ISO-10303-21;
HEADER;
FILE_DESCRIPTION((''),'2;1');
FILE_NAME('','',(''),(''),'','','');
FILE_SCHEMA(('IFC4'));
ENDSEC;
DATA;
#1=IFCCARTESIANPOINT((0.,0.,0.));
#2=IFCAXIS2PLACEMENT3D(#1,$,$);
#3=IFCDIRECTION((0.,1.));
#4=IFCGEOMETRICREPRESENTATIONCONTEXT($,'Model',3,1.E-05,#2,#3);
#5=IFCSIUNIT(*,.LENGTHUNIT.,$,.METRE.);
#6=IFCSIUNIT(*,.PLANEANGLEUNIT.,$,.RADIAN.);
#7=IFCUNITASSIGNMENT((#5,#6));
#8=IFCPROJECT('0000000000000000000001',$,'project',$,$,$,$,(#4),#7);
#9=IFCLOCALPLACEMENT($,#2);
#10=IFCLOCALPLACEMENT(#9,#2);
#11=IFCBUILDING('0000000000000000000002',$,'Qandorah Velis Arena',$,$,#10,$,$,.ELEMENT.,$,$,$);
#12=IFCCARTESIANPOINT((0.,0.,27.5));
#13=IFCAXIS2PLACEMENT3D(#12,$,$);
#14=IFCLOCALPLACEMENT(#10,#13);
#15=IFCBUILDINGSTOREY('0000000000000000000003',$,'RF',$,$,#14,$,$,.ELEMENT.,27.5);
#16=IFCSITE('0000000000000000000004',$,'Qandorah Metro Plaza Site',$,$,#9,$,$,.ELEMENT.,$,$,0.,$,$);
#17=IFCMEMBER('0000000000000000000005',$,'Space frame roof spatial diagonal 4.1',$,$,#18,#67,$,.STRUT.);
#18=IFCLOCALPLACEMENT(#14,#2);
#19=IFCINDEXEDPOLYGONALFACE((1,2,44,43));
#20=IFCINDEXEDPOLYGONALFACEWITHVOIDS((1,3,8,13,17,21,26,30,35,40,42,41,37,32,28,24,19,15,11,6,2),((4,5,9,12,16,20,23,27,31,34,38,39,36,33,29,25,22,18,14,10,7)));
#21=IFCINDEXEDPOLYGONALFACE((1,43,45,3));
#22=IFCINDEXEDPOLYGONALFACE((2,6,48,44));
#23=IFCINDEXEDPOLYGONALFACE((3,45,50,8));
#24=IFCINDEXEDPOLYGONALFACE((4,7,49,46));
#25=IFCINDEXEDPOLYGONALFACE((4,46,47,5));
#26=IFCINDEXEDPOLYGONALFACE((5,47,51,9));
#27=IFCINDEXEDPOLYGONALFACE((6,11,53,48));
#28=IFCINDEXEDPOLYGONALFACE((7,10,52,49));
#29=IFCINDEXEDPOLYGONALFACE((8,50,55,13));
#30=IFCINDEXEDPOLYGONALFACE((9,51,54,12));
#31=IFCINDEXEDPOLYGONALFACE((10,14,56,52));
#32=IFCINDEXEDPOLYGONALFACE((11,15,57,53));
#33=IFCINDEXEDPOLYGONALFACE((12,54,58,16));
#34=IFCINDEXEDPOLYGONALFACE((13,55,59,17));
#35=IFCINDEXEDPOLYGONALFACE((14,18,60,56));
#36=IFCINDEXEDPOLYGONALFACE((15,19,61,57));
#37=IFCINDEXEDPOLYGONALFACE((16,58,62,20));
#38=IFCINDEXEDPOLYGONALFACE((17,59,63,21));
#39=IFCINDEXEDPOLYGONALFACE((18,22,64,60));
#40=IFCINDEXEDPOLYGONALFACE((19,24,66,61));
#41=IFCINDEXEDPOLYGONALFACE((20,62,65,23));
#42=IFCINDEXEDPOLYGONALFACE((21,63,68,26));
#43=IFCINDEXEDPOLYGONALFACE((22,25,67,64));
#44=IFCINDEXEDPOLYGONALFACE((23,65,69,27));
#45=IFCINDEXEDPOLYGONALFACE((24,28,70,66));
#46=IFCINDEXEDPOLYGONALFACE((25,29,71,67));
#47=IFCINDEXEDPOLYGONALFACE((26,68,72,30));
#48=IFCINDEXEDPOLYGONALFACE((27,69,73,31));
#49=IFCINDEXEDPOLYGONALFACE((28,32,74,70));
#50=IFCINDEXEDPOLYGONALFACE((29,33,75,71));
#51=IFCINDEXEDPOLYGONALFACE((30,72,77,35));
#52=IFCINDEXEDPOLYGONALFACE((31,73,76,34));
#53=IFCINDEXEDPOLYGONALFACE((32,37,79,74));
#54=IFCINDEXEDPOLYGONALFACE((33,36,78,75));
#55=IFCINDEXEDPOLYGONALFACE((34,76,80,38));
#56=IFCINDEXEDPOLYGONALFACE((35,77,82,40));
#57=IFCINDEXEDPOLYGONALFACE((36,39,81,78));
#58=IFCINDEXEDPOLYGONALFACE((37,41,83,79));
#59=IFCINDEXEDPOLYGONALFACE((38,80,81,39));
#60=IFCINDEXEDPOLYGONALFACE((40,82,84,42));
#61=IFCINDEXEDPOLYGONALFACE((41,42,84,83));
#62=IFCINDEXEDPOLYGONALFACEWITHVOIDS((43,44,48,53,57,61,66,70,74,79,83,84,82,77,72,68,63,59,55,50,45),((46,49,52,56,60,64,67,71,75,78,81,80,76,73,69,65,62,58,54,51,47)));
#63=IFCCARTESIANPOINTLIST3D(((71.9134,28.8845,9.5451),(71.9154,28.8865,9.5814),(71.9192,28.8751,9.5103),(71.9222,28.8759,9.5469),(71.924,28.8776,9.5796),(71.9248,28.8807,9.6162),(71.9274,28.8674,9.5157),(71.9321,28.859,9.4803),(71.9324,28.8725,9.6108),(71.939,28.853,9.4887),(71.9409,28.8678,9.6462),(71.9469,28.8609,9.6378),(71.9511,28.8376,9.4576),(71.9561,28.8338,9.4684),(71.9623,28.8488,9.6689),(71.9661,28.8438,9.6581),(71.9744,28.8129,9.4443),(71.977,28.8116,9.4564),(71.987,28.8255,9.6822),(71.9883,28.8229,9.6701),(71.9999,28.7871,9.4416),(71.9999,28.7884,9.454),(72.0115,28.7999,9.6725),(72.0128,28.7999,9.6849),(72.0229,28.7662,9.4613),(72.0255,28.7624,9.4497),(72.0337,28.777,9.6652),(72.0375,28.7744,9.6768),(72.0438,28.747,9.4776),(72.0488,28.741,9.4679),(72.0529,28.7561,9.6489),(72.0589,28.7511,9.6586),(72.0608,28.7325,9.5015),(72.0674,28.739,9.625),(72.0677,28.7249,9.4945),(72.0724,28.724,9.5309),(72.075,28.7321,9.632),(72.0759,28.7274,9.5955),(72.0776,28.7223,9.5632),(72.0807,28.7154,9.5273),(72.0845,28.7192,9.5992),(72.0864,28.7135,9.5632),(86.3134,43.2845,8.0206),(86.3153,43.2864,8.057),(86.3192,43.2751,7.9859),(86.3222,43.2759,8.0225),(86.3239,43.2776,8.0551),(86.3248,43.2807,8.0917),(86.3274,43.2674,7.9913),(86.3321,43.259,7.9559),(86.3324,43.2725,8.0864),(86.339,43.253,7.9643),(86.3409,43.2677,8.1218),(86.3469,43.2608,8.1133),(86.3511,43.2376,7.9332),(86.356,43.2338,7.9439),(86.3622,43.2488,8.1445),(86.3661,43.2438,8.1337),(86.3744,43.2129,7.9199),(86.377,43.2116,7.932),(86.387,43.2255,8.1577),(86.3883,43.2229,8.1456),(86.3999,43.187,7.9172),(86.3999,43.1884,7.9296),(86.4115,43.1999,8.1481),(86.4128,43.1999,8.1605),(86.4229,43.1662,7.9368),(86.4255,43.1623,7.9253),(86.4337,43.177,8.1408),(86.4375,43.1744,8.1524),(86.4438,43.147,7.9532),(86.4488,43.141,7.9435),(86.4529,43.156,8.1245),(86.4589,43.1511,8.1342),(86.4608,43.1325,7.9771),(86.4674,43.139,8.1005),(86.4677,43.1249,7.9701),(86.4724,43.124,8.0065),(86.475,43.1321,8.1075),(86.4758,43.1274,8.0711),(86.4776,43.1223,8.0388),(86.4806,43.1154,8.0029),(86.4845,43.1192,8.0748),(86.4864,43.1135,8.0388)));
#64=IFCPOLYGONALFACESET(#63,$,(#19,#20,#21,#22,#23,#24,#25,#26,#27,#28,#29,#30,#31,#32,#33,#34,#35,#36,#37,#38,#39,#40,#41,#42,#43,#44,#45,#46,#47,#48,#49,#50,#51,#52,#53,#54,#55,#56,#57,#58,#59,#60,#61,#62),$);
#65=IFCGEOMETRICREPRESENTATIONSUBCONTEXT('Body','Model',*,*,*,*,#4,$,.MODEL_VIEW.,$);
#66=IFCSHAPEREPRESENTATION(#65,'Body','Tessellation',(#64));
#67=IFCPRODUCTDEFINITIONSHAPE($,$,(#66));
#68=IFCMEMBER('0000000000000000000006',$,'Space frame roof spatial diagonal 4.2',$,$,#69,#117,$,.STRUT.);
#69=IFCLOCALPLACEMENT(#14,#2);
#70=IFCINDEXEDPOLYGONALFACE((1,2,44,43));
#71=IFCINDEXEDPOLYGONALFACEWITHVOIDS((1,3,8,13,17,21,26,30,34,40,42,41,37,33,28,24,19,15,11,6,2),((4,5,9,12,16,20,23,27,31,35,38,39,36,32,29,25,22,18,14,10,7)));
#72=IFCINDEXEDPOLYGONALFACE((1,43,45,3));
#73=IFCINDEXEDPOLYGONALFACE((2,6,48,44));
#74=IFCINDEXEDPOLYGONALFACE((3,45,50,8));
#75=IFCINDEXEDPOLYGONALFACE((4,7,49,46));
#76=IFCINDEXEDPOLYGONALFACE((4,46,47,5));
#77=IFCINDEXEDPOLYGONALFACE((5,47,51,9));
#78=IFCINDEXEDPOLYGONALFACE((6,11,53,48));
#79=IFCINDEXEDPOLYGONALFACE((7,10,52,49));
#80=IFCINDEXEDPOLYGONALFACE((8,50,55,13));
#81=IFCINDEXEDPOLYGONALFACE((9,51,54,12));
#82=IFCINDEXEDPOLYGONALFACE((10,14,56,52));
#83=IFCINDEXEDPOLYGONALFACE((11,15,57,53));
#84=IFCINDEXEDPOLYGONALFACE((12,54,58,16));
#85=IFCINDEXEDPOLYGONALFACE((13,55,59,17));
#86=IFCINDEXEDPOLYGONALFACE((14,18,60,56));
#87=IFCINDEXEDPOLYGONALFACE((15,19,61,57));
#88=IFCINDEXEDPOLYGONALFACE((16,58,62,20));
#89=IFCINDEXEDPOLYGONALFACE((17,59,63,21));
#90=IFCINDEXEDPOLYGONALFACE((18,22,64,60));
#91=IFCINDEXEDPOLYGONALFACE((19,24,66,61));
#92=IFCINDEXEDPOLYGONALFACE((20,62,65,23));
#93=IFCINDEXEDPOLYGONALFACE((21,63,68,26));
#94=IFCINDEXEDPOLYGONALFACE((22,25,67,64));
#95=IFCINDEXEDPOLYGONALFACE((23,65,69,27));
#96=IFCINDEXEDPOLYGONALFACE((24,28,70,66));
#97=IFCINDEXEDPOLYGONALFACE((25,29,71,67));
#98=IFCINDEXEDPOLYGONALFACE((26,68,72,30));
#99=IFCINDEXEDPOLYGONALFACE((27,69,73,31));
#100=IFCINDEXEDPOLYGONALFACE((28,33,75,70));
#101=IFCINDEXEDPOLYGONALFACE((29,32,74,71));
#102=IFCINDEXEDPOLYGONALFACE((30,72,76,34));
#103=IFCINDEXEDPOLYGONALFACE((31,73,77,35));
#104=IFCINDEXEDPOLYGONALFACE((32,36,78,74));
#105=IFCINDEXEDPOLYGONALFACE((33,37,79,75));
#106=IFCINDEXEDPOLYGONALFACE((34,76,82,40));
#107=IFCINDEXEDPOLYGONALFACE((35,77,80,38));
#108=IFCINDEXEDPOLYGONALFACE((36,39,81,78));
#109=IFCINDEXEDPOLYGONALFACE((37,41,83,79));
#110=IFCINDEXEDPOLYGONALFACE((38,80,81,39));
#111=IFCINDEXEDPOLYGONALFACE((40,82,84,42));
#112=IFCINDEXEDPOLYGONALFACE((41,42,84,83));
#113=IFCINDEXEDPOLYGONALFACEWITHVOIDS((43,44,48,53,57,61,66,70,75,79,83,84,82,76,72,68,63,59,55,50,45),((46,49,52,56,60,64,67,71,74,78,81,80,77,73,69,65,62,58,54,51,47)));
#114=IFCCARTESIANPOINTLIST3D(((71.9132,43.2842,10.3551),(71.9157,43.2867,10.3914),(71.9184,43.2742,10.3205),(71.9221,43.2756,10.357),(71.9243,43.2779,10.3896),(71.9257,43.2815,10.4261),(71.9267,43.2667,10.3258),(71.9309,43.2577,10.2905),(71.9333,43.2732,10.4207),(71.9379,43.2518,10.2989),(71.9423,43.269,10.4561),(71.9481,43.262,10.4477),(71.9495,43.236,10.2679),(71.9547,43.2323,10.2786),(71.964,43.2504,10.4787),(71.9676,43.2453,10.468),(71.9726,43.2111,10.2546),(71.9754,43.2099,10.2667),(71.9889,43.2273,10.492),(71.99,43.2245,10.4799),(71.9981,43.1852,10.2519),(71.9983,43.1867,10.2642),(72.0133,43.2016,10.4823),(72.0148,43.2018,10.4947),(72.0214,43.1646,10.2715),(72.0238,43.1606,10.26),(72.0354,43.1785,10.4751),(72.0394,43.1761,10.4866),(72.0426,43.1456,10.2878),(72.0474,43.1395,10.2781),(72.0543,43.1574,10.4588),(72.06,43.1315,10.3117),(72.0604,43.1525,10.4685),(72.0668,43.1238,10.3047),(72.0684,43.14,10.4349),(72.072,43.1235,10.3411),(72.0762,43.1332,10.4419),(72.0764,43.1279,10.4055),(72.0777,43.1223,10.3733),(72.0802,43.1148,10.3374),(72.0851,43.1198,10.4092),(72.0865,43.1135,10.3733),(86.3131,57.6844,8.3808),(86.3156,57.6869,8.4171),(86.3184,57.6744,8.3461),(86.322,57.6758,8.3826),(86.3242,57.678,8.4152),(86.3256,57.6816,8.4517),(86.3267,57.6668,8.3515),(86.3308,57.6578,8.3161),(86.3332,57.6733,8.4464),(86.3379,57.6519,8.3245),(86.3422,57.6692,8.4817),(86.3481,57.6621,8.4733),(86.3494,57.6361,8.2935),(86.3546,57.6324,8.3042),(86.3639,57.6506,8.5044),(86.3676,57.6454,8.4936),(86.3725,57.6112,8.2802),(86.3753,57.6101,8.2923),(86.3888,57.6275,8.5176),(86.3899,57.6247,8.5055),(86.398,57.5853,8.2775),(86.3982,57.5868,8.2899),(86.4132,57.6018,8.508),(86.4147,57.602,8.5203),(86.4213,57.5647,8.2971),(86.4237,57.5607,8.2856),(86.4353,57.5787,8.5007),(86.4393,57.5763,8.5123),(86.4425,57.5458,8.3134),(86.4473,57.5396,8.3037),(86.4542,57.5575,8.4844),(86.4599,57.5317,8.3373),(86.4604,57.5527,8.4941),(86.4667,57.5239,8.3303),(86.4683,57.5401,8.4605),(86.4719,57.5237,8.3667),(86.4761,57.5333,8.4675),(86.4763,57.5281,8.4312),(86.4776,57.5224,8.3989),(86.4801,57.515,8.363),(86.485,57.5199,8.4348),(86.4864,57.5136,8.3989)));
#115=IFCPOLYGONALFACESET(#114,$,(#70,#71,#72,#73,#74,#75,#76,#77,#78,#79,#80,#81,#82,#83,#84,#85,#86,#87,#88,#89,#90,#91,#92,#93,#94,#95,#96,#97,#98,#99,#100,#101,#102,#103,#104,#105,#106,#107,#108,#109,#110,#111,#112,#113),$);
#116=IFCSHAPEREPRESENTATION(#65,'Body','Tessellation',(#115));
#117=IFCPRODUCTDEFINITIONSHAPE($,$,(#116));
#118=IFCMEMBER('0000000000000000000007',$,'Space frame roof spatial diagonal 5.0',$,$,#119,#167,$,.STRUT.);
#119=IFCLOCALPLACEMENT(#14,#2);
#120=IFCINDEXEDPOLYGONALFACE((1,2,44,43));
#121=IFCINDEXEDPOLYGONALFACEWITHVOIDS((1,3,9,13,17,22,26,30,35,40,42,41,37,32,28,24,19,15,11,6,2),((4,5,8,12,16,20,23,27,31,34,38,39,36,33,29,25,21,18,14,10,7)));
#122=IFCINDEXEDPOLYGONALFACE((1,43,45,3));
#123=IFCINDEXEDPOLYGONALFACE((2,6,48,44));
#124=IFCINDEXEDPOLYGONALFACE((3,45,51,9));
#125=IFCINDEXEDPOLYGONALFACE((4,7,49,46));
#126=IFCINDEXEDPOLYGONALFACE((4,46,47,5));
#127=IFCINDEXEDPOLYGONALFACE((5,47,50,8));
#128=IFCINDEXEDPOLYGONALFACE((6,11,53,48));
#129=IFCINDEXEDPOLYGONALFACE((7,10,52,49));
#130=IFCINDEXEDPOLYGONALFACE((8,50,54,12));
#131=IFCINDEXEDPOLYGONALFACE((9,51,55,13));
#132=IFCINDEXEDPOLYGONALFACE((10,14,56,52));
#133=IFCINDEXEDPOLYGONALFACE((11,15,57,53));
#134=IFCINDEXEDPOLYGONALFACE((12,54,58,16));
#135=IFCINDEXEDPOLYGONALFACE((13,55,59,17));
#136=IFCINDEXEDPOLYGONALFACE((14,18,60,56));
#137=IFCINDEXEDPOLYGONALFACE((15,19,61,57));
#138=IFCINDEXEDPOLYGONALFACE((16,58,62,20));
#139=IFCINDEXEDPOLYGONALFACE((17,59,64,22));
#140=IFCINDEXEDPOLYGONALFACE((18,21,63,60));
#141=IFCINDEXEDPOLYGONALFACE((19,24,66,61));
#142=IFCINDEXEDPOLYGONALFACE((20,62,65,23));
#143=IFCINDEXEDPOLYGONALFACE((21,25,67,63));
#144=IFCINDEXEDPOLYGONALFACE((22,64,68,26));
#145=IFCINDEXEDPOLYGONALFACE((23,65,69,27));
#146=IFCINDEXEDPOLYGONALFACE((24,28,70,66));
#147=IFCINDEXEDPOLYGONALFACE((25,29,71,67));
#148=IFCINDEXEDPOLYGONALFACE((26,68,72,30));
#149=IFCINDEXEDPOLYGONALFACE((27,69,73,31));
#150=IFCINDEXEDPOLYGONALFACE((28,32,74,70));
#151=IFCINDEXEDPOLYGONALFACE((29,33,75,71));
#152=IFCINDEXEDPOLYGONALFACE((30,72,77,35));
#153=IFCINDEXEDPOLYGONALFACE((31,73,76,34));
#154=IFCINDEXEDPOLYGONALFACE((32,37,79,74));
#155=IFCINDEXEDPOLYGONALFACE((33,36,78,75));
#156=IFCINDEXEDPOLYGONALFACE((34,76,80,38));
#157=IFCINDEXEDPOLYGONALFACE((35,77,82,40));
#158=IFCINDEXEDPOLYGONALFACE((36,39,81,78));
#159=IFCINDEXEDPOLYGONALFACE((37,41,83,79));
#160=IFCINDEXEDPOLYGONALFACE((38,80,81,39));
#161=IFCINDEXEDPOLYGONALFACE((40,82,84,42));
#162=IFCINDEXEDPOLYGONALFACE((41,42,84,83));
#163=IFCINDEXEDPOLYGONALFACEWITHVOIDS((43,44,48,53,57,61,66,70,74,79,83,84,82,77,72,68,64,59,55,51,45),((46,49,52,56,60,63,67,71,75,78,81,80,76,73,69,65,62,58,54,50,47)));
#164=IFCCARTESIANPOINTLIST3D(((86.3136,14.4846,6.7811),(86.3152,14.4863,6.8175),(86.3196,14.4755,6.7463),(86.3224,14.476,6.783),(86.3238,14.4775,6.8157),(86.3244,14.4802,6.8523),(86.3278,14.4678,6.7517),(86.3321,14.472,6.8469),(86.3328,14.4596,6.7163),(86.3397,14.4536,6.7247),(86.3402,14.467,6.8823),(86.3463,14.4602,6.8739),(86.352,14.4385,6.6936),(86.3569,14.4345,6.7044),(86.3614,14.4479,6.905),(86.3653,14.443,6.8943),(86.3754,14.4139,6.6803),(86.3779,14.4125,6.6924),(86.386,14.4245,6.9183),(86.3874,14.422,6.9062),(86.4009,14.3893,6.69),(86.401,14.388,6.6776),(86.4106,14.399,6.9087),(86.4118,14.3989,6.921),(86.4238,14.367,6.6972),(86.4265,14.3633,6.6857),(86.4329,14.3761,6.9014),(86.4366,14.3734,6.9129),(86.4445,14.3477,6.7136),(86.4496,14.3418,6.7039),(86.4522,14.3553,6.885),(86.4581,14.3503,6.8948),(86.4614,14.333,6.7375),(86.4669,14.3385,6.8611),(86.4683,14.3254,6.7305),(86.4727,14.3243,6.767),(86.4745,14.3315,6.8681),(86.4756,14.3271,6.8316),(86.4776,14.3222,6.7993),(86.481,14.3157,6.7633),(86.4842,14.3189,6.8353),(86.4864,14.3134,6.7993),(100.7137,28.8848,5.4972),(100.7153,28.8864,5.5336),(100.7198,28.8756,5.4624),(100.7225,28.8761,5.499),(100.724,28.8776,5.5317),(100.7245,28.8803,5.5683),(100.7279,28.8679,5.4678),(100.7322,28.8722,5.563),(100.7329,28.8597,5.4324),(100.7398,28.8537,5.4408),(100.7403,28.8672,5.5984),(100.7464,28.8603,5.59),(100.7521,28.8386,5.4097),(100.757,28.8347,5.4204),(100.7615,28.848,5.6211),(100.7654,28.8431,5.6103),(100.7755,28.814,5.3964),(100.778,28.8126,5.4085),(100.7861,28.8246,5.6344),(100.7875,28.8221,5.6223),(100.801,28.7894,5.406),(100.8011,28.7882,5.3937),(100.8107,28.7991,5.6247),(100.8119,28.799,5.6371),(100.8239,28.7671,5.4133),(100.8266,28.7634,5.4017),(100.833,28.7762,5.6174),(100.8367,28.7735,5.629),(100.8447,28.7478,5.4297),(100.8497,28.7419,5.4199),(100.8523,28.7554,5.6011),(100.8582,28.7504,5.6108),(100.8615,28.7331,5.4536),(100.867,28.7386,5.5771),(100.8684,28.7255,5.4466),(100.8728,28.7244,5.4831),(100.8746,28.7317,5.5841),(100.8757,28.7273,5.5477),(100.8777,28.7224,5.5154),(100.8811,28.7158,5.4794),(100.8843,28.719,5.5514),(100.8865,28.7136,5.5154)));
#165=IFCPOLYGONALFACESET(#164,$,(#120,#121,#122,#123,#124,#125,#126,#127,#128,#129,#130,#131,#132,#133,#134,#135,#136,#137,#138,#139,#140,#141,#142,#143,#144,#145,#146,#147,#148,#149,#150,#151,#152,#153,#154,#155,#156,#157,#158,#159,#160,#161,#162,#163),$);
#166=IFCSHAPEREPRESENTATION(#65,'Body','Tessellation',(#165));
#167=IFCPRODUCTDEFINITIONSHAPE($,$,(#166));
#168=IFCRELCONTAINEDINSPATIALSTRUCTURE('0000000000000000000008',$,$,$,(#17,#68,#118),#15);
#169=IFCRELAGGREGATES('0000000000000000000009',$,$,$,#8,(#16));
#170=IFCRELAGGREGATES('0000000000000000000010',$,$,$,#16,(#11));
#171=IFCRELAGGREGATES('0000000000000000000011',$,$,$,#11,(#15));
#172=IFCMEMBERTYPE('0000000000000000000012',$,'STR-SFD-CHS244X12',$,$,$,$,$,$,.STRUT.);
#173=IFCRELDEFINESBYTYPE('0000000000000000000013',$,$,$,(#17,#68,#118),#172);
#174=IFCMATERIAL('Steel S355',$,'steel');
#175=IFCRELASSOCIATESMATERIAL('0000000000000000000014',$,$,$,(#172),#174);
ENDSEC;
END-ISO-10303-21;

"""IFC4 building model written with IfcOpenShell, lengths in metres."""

from ifc_helpers import new_model, si_unit, direction, frame, origin, origin_2d, place, context, subcontext, project, spatial, hollow_circle, extrude, material, material_profile, profile_set, type_object, element, save


model = new_model("IFC4")

# Units and contexts
model_context = context("Model", 3, precision=1e-05, world=origin(), true_north=direction((0.0, 1.0)))
body_context = subcontext(model_context, "Body", "Model", "MODEL_VIEW")
ifc_project = project(units=[si_unit("LENGTHUNIT", "METRE"), si_unit("PLANEANGLEUNIT", "RADIAN")], contexts=[model_context])

# Site, building, storey
site_placement = place(None, origin())
site = spatial("IfcSite", under=ifc_project, at=site_placement, Name="Qandorah Metro Plaza Site", CompositionType="ELEMENT", RefElevation=0.0)
building_placement = place(site_placement, origin())
building = spatial("IfcBuilding", under=site, at=building_placement, Name="Qandorah Velis Arena", CompositionType="ELEMENT")
storey_placement = place(building_placement, frame((0.0, 0.0, 27.5)))
storey = spatial("IfcBuildingStorey", under=building, at=storey_placement, Name="RF", CompositionType="ELEMENT", Elevation=27.5)

# Shared definitions
ifc_material_1 = material(Name="Steel S355", Category="steel")

# Members
ifc_material_profile_1 = material_profile(ifc_material_1, hollow_circle(Radius=0.1223, WallThickness=0.0125, at=origin_2d()), Name="CHS 244.5x12.5")
ifc_profile_set_1 = profile_set([ifc_material_profile_1], Name="Steel S355")
member_type_1 = type_object("IfcMemberType", Name="STR-SFD-CHS244X12", PredefinedType="STRUT", material=ifc_profile_set_1)
member_1_placement = place(storey_placement, frame((86.3999, 43.2, 8.0388), z_axis=(-0.705134, -0.705134, 0.074647), x_axis=(0.707107, -0.707107, 0.0)))
element("IfcMember", 1, at=member_1_placement, inside=storey, type_object=member_type_1, Name="Space frame roof spatial diagonal 4.1", PredefinedType="STRUT", context=body_context, shape_type="SweptSolid", body=[
    extrude(hollow_circle(Radius=0.1223, WallThickness=0.0125, at=origin_2d()), origin(), (0.0, 0.0, 1.0), 20.4216),
])
member_2_placement = place(storey_placement, frame((86.3999, 57.6001, 8.3989), z_axis=(-0.703801, -0.703813, 0.096498), x_axis=(0.707113, -0.707101, 0.0)))
element("IfcMember", 2, at=member_2_placement, inside=storey, type_object=member_type_1, Name="Space frame roof spatial diagonal 4.2", PredefinedType="STRUT", context=body_context, shape_type="SweptSolid", body=[
    extrude(hollow_circle(Radius=0.1223, WallThickness=0.0125, at=origin_2d()), origin(), (0.0, 0.0, 1.0), 20.4602),
])
member_3_placement = place(storey_placement, frame((100.8, 28.8, 5.5154), z_axis=(-0.705706, -0.705706, 0.062922), x_axis=(0.707107, -0.707107, 0.0)))
element("IfcMember", 3, at=member_3_placement, inside=storey, type_object=member_type_1, Name="Space frame roof spatial diagonal 5.0", PredefinedType="STRUT", context=body_context, shape_type="SweptSolid", body=[
    extrude(hollow_circle(Radius=0.1223, WallThickness=0.0125, at=origin_2d()), origin(), (0.0, 0.0, 1.0), 20.4053),
])

save(model, "model.ifc")
